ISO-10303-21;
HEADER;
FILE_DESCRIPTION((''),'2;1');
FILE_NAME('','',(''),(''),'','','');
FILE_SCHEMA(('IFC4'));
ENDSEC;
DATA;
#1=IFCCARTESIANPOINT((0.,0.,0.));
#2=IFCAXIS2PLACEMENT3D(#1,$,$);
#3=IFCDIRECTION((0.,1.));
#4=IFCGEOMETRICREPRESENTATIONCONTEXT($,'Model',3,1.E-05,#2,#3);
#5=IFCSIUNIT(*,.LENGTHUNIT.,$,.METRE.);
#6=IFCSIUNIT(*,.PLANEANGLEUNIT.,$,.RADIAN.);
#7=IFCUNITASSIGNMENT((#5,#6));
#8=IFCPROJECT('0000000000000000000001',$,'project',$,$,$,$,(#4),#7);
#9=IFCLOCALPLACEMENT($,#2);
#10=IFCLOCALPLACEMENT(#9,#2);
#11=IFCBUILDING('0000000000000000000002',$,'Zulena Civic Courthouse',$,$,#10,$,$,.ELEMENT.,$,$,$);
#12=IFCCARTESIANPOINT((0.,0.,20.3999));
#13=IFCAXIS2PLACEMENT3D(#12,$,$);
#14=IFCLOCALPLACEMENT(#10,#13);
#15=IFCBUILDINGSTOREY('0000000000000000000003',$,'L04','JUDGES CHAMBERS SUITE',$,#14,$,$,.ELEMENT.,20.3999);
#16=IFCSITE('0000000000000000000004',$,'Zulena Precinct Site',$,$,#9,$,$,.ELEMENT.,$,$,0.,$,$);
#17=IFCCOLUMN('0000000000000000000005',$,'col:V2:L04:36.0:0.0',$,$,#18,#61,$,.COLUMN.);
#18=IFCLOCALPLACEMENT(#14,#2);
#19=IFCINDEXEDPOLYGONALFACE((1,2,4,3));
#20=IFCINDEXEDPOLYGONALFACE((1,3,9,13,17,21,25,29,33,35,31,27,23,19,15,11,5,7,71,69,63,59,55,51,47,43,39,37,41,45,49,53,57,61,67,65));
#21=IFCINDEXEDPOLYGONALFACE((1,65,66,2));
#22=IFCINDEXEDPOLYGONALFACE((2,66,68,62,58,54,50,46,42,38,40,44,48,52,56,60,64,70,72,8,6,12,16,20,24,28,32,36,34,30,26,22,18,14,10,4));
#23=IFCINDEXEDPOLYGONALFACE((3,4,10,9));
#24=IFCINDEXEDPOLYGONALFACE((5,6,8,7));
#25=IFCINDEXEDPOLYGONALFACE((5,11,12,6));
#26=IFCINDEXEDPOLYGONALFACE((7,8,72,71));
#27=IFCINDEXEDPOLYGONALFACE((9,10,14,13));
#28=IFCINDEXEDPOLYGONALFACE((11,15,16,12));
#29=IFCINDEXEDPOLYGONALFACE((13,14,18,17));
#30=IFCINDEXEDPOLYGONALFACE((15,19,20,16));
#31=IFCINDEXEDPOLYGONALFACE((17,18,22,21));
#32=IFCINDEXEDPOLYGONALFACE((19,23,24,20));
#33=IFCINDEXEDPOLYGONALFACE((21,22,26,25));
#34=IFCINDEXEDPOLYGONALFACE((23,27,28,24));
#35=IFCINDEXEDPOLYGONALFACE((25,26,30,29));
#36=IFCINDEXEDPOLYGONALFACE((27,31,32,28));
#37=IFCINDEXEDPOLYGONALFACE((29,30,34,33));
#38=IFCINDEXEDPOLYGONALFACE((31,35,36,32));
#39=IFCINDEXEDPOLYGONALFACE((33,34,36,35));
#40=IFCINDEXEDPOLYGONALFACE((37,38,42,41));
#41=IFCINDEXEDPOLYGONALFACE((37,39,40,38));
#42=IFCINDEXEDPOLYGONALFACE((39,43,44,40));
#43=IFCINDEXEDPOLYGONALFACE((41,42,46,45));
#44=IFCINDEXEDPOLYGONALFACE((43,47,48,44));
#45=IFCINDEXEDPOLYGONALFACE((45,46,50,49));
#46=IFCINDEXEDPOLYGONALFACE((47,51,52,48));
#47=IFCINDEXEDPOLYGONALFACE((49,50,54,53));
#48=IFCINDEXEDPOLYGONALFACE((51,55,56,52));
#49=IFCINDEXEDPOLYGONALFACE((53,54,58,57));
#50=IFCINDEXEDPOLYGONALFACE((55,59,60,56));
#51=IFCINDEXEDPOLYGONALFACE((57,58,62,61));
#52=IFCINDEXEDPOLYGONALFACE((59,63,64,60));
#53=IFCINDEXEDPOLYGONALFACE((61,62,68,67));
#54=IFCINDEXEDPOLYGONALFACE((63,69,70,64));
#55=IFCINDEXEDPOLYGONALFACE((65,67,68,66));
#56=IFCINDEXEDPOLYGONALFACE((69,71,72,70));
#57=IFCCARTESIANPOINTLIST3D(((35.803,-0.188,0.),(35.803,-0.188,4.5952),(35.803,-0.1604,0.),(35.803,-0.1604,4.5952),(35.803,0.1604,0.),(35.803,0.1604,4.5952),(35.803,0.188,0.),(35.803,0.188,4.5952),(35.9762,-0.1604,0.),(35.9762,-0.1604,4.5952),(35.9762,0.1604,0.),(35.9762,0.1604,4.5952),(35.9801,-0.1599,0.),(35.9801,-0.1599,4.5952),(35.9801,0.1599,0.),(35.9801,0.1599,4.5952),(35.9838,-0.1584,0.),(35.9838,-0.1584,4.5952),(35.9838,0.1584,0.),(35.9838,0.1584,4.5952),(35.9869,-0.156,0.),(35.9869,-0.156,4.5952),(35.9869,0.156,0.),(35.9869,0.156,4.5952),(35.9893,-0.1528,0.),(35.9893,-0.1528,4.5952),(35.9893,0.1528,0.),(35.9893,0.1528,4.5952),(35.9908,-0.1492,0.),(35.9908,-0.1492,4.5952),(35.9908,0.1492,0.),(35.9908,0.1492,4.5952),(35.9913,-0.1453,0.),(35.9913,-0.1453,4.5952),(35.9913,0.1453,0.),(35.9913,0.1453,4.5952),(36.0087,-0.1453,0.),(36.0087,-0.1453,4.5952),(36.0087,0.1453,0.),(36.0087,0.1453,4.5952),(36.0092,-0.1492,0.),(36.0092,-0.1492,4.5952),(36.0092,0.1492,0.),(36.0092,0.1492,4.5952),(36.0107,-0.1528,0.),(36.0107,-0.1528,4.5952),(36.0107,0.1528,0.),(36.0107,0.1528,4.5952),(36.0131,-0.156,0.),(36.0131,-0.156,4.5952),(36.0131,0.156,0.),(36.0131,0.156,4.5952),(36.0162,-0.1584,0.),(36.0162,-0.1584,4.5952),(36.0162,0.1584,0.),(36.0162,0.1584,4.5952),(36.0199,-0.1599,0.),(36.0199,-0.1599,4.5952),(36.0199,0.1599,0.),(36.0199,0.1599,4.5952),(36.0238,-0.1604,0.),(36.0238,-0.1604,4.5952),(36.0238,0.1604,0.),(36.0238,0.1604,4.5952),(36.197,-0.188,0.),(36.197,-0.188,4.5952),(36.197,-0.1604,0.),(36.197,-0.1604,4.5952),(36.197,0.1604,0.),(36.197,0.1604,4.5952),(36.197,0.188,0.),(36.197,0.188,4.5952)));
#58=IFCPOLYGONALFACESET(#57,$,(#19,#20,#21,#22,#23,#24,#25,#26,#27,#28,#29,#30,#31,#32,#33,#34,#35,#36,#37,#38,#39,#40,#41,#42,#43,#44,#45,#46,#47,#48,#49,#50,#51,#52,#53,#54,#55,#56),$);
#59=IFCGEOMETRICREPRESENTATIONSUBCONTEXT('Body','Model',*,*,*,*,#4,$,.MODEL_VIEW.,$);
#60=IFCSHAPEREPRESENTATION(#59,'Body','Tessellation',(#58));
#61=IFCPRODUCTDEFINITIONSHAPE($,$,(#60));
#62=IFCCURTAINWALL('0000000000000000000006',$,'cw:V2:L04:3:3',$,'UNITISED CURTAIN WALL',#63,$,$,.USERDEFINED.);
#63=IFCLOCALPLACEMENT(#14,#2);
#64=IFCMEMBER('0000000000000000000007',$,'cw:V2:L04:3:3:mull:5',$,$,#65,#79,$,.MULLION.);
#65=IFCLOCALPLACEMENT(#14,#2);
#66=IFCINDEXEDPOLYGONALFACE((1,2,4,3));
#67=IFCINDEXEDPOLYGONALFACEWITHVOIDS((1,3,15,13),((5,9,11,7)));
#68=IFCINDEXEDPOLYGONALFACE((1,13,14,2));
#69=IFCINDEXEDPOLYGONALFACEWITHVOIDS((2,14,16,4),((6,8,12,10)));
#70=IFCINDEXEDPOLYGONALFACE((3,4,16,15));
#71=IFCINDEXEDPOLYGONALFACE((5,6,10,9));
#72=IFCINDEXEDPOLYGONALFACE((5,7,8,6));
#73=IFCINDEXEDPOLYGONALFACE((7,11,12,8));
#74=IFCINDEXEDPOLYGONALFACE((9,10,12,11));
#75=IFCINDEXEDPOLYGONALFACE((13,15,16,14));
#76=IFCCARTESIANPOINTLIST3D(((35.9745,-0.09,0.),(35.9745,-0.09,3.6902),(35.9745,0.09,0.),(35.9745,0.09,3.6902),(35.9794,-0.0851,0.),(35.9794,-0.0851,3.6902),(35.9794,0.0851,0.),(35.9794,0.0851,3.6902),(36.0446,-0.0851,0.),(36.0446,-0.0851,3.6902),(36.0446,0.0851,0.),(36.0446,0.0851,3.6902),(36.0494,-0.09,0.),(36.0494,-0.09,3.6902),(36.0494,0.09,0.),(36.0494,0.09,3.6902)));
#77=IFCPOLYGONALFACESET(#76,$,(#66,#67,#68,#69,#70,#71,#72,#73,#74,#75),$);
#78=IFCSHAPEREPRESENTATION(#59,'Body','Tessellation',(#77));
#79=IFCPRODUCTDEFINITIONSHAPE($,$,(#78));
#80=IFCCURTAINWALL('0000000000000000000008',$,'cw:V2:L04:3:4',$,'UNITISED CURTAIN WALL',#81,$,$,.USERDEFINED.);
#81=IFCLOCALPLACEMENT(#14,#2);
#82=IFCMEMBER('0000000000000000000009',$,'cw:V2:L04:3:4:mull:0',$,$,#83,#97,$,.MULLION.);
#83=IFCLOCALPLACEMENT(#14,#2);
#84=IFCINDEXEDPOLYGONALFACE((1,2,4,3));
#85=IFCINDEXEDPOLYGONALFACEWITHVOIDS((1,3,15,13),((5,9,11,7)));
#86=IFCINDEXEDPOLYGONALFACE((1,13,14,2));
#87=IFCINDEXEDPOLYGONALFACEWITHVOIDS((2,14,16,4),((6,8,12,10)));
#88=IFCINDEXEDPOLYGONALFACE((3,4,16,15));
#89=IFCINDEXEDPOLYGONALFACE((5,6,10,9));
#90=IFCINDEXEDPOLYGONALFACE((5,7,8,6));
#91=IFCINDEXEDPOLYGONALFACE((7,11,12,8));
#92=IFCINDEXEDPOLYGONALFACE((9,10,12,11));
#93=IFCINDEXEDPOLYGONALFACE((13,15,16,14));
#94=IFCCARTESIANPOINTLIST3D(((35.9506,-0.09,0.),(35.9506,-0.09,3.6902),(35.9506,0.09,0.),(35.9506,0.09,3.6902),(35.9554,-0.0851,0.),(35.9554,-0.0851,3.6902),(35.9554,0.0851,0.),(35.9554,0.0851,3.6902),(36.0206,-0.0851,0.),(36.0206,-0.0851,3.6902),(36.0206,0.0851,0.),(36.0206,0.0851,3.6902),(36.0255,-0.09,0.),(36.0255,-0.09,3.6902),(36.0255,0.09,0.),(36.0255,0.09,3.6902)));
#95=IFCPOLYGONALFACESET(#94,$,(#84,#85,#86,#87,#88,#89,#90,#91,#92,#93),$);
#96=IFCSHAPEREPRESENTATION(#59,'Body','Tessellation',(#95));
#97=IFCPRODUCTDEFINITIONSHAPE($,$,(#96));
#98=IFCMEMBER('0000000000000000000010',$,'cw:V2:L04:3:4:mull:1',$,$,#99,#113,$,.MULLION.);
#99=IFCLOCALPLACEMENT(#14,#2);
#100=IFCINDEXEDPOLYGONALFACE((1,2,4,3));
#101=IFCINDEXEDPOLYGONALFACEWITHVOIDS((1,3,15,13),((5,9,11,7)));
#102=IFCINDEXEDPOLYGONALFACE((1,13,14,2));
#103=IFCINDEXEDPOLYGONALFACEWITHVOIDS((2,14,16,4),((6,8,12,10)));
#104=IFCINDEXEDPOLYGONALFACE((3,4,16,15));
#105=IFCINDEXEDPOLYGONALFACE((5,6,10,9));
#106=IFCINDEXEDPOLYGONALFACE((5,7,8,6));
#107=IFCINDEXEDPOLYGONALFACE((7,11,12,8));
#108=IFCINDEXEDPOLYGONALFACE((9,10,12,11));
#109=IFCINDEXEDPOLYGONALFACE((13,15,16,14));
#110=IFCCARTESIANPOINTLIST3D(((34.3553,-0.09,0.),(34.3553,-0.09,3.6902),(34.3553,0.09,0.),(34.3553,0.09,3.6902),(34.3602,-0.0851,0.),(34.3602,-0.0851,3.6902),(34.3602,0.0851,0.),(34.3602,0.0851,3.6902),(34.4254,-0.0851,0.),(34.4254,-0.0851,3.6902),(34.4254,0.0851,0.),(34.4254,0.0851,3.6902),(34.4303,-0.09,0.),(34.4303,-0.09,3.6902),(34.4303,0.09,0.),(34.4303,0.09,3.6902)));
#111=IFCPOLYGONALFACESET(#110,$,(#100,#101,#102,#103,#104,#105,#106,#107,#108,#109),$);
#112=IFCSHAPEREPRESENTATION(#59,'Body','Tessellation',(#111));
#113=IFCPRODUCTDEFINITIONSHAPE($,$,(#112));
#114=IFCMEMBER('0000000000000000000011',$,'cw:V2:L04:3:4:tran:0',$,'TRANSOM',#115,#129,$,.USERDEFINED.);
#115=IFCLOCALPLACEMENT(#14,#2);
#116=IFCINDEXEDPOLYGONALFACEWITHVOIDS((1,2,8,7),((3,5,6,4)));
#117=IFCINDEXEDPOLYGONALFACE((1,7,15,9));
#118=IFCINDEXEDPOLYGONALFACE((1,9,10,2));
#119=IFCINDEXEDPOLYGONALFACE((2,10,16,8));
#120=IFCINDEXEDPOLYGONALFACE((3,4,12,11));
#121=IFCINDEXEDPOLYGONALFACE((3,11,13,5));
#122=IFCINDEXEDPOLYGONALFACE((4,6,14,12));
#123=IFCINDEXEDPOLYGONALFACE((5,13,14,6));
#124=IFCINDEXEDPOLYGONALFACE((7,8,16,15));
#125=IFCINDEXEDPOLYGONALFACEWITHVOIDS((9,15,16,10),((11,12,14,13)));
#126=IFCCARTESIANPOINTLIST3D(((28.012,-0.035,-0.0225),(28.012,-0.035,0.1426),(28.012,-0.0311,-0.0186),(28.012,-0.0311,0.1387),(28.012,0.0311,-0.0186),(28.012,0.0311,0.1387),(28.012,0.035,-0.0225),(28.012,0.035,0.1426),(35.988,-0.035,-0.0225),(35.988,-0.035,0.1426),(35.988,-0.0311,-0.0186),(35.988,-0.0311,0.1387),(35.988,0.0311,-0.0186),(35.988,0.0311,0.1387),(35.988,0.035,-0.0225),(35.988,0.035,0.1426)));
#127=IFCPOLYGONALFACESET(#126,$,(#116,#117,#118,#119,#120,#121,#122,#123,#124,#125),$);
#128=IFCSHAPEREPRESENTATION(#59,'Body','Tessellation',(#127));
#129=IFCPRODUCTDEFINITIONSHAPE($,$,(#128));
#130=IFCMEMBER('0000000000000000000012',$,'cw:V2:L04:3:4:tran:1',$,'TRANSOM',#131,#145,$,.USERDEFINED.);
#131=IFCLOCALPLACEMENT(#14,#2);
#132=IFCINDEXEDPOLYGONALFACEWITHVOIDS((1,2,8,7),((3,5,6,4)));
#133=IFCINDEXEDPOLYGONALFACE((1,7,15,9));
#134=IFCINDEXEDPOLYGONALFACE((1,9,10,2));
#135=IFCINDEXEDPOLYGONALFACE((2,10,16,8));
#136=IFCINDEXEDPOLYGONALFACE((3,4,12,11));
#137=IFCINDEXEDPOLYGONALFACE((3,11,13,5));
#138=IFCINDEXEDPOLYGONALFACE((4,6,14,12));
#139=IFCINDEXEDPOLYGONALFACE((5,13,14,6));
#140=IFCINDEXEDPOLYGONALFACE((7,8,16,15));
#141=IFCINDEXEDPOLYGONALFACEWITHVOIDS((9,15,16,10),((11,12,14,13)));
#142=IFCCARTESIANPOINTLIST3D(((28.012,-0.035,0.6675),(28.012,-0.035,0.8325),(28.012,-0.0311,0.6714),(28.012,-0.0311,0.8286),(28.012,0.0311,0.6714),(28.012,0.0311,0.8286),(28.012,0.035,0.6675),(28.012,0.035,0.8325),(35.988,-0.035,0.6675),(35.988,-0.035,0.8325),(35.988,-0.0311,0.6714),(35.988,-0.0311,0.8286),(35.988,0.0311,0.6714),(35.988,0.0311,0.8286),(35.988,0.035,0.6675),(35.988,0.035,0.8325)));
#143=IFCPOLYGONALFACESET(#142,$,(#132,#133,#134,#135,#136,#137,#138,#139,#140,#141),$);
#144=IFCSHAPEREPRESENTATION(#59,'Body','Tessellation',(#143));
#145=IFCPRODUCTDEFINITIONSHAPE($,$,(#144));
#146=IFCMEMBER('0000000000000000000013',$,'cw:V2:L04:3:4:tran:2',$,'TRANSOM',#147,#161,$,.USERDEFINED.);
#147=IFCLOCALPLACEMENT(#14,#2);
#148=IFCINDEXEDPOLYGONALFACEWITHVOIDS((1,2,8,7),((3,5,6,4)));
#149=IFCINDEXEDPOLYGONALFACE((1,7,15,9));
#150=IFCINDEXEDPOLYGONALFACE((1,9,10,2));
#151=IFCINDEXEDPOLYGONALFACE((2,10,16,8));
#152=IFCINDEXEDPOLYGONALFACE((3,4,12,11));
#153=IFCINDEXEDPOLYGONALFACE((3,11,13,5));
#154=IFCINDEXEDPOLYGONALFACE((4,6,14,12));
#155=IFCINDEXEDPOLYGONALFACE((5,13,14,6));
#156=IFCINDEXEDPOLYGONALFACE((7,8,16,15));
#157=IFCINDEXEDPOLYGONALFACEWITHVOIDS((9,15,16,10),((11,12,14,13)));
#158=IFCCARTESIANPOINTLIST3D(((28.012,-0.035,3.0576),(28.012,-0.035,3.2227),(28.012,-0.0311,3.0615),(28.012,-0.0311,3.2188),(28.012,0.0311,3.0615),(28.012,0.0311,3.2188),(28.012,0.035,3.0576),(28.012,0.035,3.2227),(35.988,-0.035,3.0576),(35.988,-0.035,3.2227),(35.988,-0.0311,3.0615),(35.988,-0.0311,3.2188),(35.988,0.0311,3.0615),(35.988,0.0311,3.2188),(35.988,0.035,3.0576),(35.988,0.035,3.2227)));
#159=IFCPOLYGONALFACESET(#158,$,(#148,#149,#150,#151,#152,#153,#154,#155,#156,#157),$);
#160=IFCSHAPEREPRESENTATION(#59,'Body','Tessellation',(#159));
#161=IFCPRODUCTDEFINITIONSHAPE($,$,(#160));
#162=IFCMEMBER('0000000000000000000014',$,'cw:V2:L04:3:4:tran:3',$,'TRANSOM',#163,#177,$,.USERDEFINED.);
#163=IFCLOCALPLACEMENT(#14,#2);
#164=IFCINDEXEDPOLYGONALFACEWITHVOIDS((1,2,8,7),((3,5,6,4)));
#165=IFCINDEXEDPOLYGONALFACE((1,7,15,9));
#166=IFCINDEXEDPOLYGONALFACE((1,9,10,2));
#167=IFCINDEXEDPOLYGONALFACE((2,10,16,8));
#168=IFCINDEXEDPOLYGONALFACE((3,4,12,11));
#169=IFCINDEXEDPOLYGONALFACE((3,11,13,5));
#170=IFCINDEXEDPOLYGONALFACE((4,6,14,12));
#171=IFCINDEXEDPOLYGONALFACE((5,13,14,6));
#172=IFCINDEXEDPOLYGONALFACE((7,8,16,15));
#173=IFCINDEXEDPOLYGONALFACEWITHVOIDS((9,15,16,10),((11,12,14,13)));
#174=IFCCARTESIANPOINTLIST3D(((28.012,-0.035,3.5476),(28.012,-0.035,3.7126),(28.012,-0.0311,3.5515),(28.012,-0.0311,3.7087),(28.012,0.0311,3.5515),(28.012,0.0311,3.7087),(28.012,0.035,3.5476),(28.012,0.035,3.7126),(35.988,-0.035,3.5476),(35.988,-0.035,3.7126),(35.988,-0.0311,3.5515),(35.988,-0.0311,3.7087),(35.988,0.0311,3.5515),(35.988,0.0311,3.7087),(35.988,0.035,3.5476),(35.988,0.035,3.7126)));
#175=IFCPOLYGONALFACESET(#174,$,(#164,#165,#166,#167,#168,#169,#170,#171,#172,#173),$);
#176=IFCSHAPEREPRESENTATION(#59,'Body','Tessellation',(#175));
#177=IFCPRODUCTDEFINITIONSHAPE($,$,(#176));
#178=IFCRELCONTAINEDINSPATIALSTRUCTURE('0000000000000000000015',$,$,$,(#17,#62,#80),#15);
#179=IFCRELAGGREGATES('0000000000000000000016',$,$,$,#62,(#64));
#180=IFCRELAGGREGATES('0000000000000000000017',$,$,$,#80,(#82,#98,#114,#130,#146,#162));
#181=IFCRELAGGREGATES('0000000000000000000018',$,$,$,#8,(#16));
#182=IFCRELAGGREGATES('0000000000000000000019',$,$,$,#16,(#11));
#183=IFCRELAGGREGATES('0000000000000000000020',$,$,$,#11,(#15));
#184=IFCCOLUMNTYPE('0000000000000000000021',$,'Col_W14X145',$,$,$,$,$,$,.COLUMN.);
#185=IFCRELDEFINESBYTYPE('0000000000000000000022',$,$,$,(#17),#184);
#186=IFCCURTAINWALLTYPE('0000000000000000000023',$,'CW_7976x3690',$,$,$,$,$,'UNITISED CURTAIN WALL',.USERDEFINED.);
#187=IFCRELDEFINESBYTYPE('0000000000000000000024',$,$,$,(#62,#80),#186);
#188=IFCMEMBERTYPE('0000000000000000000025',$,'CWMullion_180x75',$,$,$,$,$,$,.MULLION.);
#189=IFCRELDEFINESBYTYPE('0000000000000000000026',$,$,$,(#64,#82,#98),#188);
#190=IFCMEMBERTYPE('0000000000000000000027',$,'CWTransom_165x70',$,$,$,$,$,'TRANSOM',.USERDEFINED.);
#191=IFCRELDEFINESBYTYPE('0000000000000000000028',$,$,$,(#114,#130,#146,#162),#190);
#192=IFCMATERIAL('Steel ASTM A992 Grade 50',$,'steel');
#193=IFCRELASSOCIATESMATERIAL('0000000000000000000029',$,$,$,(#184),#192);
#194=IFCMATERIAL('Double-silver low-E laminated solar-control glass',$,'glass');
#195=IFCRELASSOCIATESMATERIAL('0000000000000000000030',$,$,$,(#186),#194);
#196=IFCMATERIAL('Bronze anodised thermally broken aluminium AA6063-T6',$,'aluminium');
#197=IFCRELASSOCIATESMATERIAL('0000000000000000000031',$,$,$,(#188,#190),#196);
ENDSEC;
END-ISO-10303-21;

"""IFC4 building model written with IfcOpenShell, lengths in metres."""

from ifc_helpers import new_model, si_unit, direction, frame, origin, origin_2d, place, context, subcontext, project, spatial, hollow_rectangle, i_section, extrude, material, material_profile, profile_set, type_object, element, aggregate, save


model = new_model("IFC4")

# Units and contexts
model_context = context("Model", 3, precision=1e-05, world=origin(), true_north=direction((0.0, 1.0)))
body_context = subcontext(model_context, "Body", "Model", "MODEL_VIEW")
ifc_project = project(units=[si_unit("LENGTHUNIT", "METRE"), si_unit("PLANEANGLEUNIT", "RADIAN")], contexts=[model_context])

# Site, building, storey
site_placement = place(None, origin())
site = spatial("IfcSite", under=ifc_project, at=site_placement, Name="Zulena Precinct Site", CompositionType="ELEMENT", RefElevation=0.0)
building_placement = place(site_placement, origin())
building = spatial("IfcBuilding", under=site, at=building_placement, Name="Zulena Civic Courthouse", CompositionType="ELEMENT")
storey_placement = place(building_placement, frame((0.0, 0.0, 20.3999)))
storey = spatial("IfcBuildingStorey", under=building, at=storey_placement, Name="L04", Description="JUDGES CHAMBERS SUITE", CompositionType="ELEMENT", Elevation=20.3999)

# Column
ifc_material_1 = material(Name="Steel ASTM A992 Grade 50", Category="steel")
ifc_material_profile_1 = material_profile(ifc_material_1, i_section(OverallWidth=0.394, OverallDepth=0.376, WebThickness=0.0173, FlangeThickness=0.0276, FilletRadius=0.0151, at=origin_2d()), Name="W14X145")
ifc_profile_set_1 = profile_set([ifc_material_profile_1], Name="Steel ASTM A992 Grade 50")
column_type = type_object("IfcColumnType", Name="Col_W14X145", PredefinedType="COLUMN", material=ifc_profile_set_1)
column_placement = place(storey_placement, frame((36.0, 0.0, 0.0), z_axis=(0.0, 0.0, 1.0), x_axis=(1.0, 0.0, 0.0)))
element("IfcColumn", 1, at=column_placement, inside=storey, type_object=column_type, Name="col:V2:L04:36.0:0.0", PredefinedType="COLUMN", context=body_context, shape_type="SweptSolid", body=[
    extrude(i_section(OverallWidth=0.394, OverallDepth=0.376, WebThickness=0.0173, FlangeThickness=0.0276, FilletRadius=0.0151, at=origin_2d()), origin(), (0.0, 0.0, 1.0), 4.5952),
])

# Curtain wall, member
ifc_material_2 = material(Name="Double-silver low-E laminated solar-control glass", Category="glass")
curtain_wall_type = type_object("IfcCurtainWallType", Name="CW_7976x3690", ElementType="UNITISED CURTAIN WALL", PredefinedType="USERDEFINED", material=ifc_material_2)
curtain_wall_1_placement = place(storey_placement, origin())
curtain_wall_1 = element("IfcCurtainWall", 2, at=curtain_wall_1_placement, inside=storey, type_object=curtain_wall_type, Name="cw:V2:L04:3:3", ObjectType="UNITISED CURTAIN WALL", PredefinedType="USERDEFINED")
ifc_material_3 = material(Name="Bronze anodised thermally broken aluminium AA6063-T6", Category="aluminium")
ifc_material_profile_2 = material_profile(ifc_material_3, hollow_rectangle(XDim=0.075, YDim=0.1799, WallThickness=0.0049, at=origin_2d()), Name="CWM180X75X5")
ifc_profile_set_2 = profile_set([ifc_material_profile_2], Name="Bronze anodised thermally broken aluminium AA6063-T6")
member_type_1 = type_object("IfcMemberType", Name="CWMullion_180x75", PredefinedType="MULLION", material=ifc_profile_set_2)
member_1_placement = place(storey_placement, frame((36.012, 0.0, 0.0), z_axis=(0.0, 0.0, 1.0), x_axis=(1.0, 0.0, 0.0)))
member_1 = element("IfcMember", 3, at=member_1_placement, type_object=member_type_1, Name="cw:V2:L04:3:3:mull:5", PredefinedType="MULLION", context=body_context, shape_type="SweptSolid", body=[
    extrude(hollow_rectangle(XDim=0.075, YDim=0.1799, WallThickness=0.0049, at=origin_2d()), origin(), (0.0, 0.0, 1.0), 3.6902),
])

# Curtain wall, members
curtain_wall_2_placement = place(storey_placement, origin())
curtain_wall_2 = element("IfcCurtainWall", 4, at=curtain_wall_2_placement, inside=storey, type_object=curtain_wall_type, Name="cw:V2:L04:3:4", ObjectType="UNITISED CURTAIN WALL", PredefinedType="USERDEFINED")
member_2_placement = place(storey_placement, frame((35.988, 0.0, 0.0), z_axis=(0.0, 0.0, 1.0), x_axis=(1.0, 0.0, 0.0)))
member_2 = element("IfcMember", 5, at=member_2_placement, type_object=member_type_1, Name="cw:V2:L04:3:4:mull:0", PredefinedType="MULLION", context=body_context, shape_type="SweptSolid", body=[
    extrude(hollow_rectangle(XDim=0.075, YDim=0.1799, WallThickness=0.0049, at=origin_2d()), origin(), (0.0, 0.0, 1.0), 3.6902),
])
member_3_placement = place(storey_placement, frame((34.3928, 0.0, 0.0), z_axis=(0.0, 0.0, 1.0), x_axis=(1.0, 0.0, 0.0)))
member_3 = element("IfcMember", 6, at=member_3_placement, type_object=member_type_1, Name="cw:V2:L04:3:4:mull:1", PredefinedType="MULLION", context=body_context, shape_type="SweptSolid", body=[
    extrude(hollow_rectangle(XDim=0.075, YDim=0.1799, WallThickness=0.0049, at=origin_2d()), origin(), (0.0, 0.0, 1.0), 3.6902),
])
ifc_material_profile_3 = material_profile(ifc_material_3, hollow_rectangle(XDim=0.0701, YDim=0.165, WallThickness=0.0039, at=origin_2d()), Name="CWT165X70X4")
ifc_profile_set_3 = profile_set([ifc_material_profile_3], Name="Bronze anodised thermally broken aluminium AA6063-T6")
member_type_2 = type_object("IfcMemberType", Name="CWTransom_165x70", ElementType="TRANSOM", PredefinedType="USERDEFINED", material=ifc_profile_set_3)
member_4_placement = place(storey_placement, frame((35.988, 0.0, 0.0601), z_axis=(-1.0, 0.0, 0.0), x_axis=(0.0, -1.0, 0.0)))
member_4 = element("IfcMember", 7, at=member_4_placement, type_object=member_type_2, Name="cw:V2:L04:3:4:tran:0", ObjectType="TRANSOM", PredefinedType="USERDEFINED", context=body_context, shape_type="SweptSolid", body=[
    extrude(hollow_rectangle(XDim=0.0701, YDim=0.165, WallThickness=0.0039, at=origin_2d()), origin(), (0.0, 0.0, 1.0), 7.9761),
])
member_5_placement = place(storey_placement, frame((35.988, 0.0, 0.75), z_axis=(-1.0, 0.0, 0.0), x_axis=(0.0, -1.0, 0.0)))
member_5 = element("IfcMember", 8, at=member_5_placement, type_object=member_type_2, Name="cw:V2:L04:3:4:tran:1", ObjectType="TRANSOM", PredefinedType="USERDEFINED", context=body_context, shape_type="SweptSolid", body=[
    extrude(hollow_rectangle(XDim=0.0701, YDim=0.165, WallThickness=0.0039, at=origin_2d()), origin(), (0.0, 0.0, 1.0), 7.9761),
])
member_6_placement = place(storey_placement, frame((35.988, 0.0, 3.1401), z_axis=(-1.0, 0.0, 0.0), x_axis=(0.0, -1.0, 0.0)))
member_6 = element("IfcMember", 9, at=member_6_placement, type_object=member_type_2, Name="cw:V2:L04:3:4:tran:2", ObjectType="TRANSOM", PredefinedType="USERDEFINED", context=body_context, shape_type="SweptSolid", body=[
    extrude(hollow_rectangle(XDim=0.0701, YDim=0.165, WallThickness=0.0039, at=origin_2d()), origin(), (0.0, 0.0, 1.0), 7.9761),
])
member_7_placement = place(storey_placement, frame((35.988, 0.0, 3.6301), z_axis=(-1.0, 0.0, 0.0), x_axis=(0.0, -1.0, 0.0)))
member_7 = element("IfcMember", 10, at=member_7_placement, type_object=member_type_2, Name="cw:V2:L04:3:4:tran:3", ObjectType="TRANSOM", PredefinedType="USERDEFINED", context=body_context, shape_type="SweptSolid", body=[
    extrude(hollow_rectangle(XDim=0.0701, YDim=0.165, WallThickness=0.0039, at=origin_2d()), origin(), (0.0, 0.0, 1.0), 7.9761),
])

aggregate(curtain_wall_1, [member_1])
aggregate(curtain_wall_2, [member_2, member_3, member_4, member_5, member_6, member_7])

save(model, "model.ifc")
